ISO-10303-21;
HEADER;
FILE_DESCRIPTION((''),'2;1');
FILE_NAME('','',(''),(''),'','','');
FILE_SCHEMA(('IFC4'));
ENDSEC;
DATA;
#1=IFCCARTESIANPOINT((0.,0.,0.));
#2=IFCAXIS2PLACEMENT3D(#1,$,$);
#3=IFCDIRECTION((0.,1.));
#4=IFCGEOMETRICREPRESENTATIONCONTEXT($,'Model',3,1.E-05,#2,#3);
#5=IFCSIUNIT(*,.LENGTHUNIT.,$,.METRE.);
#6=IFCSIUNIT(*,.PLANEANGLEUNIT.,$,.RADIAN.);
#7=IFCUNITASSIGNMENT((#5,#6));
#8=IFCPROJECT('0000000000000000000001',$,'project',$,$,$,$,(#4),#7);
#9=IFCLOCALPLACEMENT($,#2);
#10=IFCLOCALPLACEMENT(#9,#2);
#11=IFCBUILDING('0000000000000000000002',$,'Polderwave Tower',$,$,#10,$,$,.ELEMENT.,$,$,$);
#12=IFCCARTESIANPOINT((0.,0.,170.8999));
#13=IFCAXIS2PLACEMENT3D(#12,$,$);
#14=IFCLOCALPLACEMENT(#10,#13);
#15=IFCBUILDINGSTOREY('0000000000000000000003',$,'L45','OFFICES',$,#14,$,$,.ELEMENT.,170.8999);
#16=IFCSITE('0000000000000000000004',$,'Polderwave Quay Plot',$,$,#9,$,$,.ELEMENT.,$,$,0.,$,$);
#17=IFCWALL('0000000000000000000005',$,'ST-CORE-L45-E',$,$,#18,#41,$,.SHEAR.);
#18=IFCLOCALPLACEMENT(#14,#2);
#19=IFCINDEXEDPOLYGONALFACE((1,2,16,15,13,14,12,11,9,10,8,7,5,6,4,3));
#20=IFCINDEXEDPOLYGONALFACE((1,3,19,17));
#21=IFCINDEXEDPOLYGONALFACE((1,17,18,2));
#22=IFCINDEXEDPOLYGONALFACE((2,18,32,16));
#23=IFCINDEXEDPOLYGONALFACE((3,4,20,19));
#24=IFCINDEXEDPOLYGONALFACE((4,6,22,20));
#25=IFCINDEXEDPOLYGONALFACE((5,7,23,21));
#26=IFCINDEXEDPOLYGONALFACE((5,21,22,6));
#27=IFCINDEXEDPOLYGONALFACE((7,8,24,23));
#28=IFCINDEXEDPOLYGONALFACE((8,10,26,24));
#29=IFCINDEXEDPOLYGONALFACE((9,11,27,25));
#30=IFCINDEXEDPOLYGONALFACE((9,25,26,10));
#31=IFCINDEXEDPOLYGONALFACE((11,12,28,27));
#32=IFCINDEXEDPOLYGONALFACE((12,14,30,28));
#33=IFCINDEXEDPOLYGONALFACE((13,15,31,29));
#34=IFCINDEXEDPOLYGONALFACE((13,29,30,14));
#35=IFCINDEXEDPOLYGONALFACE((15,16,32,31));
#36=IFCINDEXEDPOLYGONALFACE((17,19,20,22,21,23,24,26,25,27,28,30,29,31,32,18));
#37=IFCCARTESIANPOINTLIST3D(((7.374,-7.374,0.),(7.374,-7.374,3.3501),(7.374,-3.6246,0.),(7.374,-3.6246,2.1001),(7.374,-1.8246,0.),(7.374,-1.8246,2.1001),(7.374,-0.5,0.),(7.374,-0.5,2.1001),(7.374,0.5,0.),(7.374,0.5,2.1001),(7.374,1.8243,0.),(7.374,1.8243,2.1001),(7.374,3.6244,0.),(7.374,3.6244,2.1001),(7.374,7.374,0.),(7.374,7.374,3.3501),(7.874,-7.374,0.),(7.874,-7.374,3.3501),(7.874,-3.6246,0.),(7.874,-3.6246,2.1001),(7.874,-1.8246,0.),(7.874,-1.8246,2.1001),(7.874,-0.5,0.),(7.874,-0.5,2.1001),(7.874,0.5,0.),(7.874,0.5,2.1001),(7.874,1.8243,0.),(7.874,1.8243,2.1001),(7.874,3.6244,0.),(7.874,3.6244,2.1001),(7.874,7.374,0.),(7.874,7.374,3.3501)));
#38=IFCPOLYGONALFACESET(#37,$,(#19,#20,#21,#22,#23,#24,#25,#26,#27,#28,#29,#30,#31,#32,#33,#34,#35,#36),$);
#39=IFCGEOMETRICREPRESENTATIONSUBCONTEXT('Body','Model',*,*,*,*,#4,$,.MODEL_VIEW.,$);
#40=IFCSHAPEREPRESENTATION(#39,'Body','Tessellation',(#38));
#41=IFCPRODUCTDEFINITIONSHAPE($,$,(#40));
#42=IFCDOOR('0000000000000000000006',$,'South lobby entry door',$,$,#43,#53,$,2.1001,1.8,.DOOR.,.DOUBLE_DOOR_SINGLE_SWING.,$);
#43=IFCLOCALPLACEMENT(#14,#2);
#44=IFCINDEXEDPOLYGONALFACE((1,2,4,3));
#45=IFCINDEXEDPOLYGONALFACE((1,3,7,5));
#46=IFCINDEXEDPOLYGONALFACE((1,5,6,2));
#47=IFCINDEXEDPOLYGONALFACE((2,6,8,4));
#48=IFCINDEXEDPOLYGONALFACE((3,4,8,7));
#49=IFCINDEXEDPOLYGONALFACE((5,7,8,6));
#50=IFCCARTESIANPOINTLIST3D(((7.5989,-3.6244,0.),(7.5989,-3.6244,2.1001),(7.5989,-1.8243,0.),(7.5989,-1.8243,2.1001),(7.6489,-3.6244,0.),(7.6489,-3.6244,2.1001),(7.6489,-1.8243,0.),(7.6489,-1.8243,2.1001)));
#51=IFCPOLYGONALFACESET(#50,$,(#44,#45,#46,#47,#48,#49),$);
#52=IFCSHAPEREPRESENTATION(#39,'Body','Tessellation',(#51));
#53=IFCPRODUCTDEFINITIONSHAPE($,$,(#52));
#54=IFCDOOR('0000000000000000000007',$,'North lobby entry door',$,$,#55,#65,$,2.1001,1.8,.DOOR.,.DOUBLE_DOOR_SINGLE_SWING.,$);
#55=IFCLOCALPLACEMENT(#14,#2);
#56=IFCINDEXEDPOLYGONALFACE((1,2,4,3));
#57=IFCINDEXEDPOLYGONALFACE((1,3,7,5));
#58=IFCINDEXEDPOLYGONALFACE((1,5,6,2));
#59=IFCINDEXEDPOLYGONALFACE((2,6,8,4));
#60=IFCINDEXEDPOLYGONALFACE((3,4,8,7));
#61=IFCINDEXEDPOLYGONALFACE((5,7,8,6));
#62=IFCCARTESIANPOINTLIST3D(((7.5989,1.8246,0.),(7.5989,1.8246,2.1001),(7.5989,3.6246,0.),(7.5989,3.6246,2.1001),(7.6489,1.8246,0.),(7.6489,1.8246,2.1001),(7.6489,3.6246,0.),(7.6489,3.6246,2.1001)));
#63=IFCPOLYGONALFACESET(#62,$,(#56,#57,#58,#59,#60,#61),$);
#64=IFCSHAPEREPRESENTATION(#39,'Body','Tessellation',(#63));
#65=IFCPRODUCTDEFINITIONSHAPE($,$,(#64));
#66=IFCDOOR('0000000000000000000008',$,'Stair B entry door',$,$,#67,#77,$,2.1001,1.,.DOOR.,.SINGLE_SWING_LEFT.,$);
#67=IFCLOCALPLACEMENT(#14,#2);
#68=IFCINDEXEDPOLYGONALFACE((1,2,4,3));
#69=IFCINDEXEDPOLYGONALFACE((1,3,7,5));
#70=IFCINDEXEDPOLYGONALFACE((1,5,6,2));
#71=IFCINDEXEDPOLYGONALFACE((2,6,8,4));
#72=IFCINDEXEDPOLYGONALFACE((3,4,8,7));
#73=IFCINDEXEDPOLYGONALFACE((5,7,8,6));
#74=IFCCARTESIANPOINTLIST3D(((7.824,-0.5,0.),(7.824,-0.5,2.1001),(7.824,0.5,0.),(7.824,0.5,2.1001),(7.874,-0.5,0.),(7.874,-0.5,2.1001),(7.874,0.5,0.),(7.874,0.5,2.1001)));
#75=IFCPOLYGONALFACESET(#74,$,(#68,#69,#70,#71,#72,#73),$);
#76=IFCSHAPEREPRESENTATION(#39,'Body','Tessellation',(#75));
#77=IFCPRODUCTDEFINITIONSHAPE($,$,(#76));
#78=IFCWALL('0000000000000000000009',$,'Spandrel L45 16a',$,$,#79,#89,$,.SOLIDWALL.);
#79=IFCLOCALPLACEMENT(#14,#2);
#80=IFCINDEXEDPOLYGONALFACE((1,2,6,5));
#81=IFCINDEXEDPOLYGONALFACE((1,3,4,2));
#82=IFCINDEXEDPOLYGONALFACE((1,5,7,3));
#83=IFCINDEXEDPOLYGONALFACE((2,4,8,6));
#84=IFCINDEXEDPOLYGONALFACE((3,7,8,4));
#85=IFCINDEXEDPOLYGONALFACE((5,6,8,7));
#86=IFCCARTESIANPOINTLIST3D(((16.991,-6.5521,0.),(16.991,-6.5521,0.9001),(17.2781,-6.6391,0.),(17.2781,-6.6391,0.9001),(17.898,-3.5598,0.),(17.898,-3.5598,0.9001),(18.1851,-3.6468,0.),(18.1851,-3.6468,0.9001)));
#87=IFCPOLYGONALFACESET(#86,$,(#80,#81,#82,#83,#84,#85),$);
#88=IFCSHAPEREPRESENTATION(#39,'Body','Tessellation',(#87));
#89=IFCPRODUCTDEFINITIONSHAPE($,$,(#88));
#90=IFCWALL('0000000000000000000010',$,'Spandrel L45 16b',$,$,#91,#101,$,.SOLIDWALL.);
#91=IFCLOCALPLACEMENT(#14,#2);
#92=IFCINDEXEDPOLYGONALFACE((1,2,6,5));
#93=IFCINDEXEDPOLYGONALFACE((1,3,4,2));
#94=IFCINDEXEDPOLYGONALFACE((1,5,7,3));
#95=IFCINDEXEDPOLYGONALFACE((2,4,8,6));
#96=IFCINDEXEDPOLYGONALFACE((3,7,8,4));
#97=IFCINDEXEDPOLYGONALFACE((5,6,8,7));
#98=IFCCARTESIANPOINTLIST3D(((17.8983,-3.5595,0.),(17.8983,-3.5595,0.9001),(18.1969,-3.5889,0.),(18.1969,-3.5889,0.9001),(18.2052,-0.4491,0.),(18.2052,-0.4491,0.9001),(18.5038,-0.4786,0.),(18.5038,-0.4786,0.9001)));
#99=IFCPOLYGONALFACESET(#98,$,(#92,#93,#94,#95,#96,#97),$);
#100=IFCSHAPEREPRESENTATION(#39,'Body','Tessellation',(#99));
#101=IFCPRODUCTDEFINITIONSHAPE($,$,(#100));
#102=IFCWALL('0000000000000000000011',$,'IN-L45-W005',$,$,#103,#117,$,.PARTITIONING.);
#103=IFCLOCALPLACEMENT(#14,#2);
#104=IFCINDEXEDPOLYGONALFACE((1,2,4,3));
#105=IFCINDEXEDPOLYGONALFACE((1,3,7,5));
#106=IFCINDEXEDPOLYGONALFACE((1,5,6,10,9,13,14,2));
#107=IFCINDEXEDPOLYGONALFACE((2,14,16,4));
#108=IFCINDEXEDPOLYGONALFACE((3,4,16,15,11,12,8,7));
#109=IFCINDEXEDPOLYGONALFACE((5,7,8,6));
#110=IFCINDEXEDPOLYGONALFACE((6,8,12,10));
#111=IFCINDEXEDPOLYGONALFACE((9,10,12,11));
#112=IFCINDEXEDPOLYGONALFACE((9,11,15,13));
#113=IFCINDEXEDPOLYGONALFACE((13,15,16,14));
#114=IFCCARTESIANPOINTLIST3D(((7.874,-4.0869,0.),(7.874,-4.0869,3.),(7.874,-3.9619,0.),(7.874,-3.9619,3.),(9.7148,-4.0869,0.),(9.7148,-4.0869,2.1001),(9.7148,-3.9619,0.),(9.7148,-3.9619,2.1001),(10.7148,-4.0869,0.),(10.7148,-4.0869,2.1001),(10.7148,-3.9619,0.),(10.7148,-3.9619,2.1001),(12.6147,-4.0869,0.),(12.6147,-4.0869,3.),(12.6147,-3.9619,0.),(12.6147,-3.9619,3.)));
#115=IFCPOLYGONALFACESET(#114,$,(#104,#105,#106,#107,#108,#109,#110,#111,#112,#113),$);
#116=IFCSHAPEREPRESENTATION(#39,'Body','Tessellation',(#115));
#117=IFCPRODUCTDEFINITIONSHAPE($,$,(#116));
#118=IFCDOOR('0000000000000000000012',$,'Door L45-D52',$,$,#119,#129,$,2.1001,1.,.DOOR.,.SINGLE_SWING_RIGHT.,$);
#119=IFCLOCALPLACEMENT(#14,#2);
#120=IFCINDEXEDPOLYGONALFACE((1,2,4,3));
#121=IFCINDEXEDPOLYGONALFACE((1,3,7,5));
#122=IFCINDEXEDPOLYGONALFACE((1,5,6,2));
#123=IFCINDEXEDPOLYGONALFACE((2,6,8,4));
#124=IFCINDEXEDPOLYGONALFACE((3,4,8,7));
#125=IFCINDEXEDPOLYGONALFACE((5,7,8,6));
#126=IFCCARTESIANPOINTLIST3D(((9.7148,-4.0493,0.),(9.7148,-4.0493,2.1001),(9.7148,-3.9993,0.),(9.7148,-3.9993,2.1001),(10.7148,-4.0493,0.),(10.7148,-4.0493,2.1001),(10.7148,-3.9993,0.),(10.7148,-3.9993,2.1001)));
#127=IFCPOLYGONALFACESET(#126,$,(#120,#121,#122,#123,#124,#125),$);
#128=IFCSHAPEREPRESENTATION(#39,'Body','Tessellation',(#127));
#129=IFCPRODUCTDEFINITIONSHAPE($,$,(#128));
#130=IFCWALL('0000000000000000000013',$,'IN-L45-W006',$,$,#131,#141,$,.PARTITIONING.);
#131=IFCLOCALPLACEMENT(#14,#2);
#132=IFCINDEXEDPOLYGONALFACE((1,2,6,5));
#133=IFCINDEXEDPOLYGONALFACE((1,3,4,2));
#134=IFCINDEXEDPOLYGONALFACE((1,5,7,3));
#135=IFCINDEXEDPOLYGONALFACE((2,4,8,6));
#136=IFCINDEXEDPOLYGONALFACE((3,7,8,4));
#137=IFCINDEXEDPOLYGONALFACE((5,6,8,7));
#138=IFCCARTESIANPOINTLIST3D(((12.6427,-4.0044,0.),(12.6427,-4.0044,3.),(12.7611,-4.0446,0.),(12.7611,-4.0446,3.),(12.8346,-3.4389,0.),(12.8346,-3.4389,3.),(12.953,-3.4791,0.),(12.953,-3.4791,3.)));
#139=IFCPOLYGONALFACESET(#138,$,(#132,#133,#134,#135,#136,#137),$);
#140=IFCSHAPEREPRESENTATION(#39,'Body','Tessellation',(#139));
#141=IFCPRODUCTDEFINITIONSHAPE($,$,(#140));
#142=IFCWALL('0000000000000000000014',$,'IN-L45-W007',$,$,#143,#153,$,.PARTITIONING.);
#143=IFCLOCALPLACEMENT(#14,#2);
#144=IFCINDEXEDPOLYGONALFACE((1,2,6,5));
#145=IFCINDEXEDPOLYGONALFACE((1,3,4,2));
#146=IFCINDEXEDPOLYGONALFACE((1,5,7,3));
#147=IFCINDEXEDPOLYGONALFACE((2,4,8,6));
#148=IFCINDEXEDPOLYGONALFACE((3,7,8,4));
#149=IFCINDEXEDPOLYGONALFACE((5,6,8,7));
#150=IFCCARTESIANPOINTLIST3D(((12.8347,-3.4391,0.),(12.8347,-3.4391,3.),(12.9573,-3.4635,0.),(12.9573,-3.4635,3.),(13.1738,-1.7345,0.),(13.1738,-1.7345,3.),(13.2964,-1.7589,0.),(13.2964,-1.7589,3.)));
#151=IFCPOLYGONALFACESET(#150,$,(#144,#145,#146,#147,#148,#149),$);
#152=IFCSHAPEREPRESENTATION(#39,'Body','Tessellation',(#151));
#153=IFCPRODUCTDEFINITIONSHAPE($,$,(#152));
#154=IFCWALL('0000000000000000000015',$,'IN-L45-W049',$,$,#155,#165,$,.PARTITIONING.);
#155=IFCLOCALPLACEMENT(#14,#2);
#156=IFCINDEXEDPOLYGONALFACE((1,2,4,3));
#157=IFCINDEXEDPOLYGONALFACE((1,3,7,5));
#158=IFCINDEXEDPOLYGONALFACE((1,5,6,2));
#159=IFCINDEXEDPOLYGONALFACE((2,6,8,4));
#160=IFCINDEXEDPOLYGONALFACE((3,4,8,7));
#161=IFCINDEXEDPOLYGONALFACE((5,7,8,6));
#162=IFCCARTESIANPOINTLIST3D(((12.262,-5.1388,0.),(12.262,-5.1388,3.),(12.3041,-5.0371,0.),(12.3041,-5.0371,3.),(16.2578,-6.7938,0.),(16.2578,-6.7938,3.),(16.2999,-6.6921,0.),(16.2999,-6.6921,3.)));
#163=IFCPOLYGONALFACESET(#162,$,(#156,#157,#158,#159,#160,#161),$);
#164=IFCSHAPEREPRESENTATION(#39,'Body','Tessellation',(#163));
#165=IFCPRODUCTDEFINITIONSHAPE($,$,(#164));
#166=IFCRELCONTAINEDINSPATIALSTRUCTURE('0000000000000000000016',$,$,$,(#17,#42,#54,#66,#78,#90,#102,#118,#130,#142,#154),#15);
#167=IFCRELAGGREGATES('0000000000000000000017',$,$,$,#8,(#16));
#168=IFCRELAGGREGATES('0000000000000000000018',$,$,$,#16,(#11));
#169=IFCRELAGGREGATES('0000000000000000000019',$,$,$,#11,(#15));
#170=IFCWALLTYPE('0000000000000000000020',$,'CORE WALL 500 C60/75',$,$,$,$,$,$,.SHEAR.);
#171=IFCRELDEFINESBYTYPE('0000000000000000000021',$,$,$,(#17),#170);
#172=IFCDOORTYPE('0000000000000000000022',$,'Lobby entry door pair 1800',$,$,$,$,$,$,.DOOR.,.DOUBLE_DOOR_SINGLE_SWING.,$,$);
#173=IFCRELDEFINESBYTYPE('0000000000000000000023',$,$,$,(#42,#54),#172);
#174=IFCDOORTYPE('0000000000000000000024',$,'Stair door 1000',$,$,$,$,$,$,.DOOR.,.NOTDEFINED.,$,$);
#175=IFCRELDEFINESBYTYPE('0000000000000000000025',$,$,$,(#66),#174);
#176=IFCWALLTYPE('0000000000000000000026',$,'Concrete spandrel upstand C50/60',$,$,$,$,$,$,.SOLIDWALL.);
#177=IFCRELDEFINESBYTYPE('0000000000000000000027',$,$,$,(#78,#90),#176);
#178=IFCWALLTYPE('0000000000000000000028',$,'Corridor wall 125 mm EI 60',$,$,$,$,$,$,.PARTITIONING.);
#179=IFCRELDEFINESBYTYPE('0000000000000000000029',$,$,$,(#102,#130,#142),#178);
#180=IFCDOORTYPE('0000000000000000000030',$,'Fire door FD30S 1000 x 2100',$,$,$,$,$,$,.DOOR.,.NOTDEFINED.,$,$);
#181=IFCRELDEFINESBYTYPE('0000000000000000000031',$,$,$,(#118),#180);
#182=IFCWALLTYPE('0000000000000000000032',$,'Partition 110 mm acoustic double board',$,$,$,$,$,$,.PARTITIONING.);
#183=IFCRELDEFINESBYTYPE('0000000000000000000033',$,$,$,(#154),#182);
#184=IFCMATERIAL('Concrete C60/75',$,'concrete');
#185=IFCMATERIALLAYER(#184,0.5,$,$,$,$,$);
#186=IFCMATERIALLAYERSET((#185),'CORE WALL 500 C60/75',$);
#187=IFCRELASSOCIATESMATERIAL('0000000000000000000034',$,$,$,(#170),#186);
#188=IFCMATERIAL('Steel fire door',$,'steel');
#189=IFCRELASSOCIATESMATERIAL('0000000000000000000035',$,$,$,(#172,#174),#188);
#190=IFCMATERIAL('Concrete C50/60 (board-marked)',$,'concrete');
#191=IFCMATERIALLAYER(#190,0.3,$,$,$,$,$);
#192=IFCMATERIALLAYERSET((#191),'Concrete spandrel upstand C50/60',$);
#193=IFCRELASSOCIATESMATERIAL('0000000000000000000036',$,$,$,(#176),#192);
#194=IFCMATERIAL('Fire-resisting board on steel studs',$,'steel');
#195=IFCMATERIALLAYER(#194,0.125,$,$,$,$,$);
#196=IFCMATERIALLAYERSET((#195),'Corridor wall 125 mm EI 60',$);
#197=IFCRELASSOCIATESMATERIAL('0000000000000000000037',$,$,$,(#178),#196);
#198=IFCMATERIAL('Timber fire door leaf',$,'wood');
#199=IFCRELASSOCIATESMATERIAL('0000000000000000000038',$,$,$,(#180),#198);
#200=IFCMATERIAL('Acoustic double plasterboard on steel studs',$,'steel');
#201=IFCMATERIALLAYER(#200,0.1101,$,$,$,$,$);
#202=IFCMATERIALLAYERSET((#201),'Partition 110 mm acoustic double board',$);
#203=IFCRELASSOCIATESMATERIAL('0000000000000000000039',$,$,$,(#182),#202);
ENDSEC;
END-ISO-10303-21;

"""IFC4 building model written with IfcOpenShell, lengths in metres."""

from ifc_helpers import new_model, si_unit, direction, frame, frame_2d, origin, place, context, subcontext, project, spatial, rectangle, extrude, material, layer, layer_set, type_object, element, fill, save


model = new_model("IFC4")

# Units and contexts
model_context = context("Model", 3, precision=1e-05, world=origin(), true_north=direction((0.0, 1.0)))
body_context = subcontext(model_context, "Body", "Model", "MODEL_VIEW")
ifc_project = project(units=[si_unit("LENGTHUNIT", "METRE"), si_unit("PLANEANGLEUNIT", "RADIAN")], contexts=[model_context])

# Site, building, storey
site_placement = place(None, origin())
site = spatial("IfcSite", under=ifc_project, at=site_placement, Name="Polderwave Quay Plot", CompositionType="ELEMENT", RefElevation=0.0)
building_placement = place(site_placement, origin())
building = spatial("IfcBuilding", under=site, at=building_placement, Name="Polderwave Tower", CompositionType="ELEMENT")
storey_placement = place(building_placement, frame((0.0, 0.0, 170.8999)))
storey = spatial("IfcBuildingStorey", under=building, at=storey_placement, Name="L45", Description="OFFICES", CompositionType="ELEMENT", Elevation=170.8999)

# Shared definitions
ifc_material_1 = material(Name="Concrete C60/75", Category="concrete")

# Wall, openings, doors
ifc_layer_1 = layer(ifc_material_1, 0.5)
ifc_layer_set_1 = layer_set([ifc_layer_1], Name="CORE WALL 500 C60/75")
wall_type_1 = type_object("IfcWallType", Name="CORE WALL 500 C60/75", PredefinedType="SHEAR", material=ifc_layer_set_1)
wall_1_placement = place(storey_placement, frame((7.624, -7.374, 0.0), z_axis=(0.0, 0.0, 1.0), x_axis=(0.0, 1.0, 0.0)))
wall_1 = element("IfcWall", 1, at=wall_1_placement, inside=storey, type_object=wall_type_1, Name="ST-CORE-L45-E", PredefinedType="SHEAR", context=body_context, shape_type="SweptSolid", body=[
    extrude(rectangle(XDim=14.748, YDim=0.5, at=frame_2d((7.374, 0.0))), origin(), (0.0, 0.0, 1.0), 3.3501),
])
opening_1_placement = place(wall_1_placement, frame((6.874, 0.0, 0.0)))
opening_1 = element("IfcOpeningElement", 2, at=opening_1_placement, cuts=wall_1, PredefinedType="OPENING", context=body_context, shape_type="SweptSolid", body=[
    extrude(rectangle(XDim=1.0, YDim=2.1001, at=frame_2d((0.5, 1.05))), frame((0.0, 0.26, 0.0), z_axis=(0.0, -1.0, 0.0), x_axis=(1.0, 0.0, 0.0)), (0.0, 0.0, 1.0), 0.52),
])
opening_2_placement = place(wall_1_placement, frame((3.7495, 0.0, 0.0)))
opening_2 = element("IfcOpeningElement", 3, at=opening_2_placement, cuts=wall_1, PredefinedType="OPENING", context=body_context, shape_type="SweptSolid", body=[
    extrude(rectangle(XDim=1.8, YDim=2.1001, at=frame_2d((0.8999, 1.05))), frame((0.0, 0.26, 0.0), z_axis=(0.0, -1.0, 0.0), x_axis=(1.0, 0.0, 0.0)), (0.0, 0.0, 1.0), 0.52),
])
opening_3_placement = place(wall_1_placement, frame((9.1985, 0.0, 0.0)))
opening_3 = element("IfcOpeningElement", 4, at=opening_3_placement, cuts=wall_1, PredefinedType="OPENING", context=body_context, shape_type="SweptSolid", body=[
    extrude(rectangle(XDim=1.8, YDim=2.1001, at=frame_2d((0.8999, 1.05))), frame((0.0, 0.26, 0.0), z_axis=(0.0, -1.0, 0.0), x_axis=(1.0, 0.0, 0.0)), (0.0, 0.0, 1.0), 0.52),
])
ifc_material_2 = material(Name="Steel fire door", Category="steel")
door_type_1 = type_object("IfcDoorType", Name="Lobby entry door pair 1800", OperationType="DOUBLE_DOOR_SINGLE_SWING", PredefinedType="DOOR", material=ifc_material_2)
door_1_placement = place(opening_2_placement, frame((1.8, 0.0, 0.0), z_axis=(0.0, 0.0, 1.0), x_axis=(-1.0, 0.0, 0.0)))
door_1 = element("IfcDoor", 5, at=door_1_placement, inside=storey, type_object=door_type_1, Name="South lobby entry door", OperationType="DOUBLE_DOOR_SINGLE_SWING", OverallHeight=2.1001, OverallWidth=1.8, PredefinedType="DOOR", context=body_context, shape_type="SweptSolid", body=[
    extrude(rectangle(XDim=1.8, YDim=2.1001, at=frame_2d((0.8999, 1.05))), frame((0.0, 0.0249, 0.0), z_axis=(0.0, -1.0, 0.0), x_axis=(1.0, 0.0, 0.0)), (0.0, 0.0, 1.0), 0.05),
])
fill(opening_2, door_1)
door_2_placement = place(opening_3_placement, frame((1.8, 0.0, 0.0), z_axis=(0.0, 0.0, 1.0), x_axis=(-1.0, 0.0, 0.0)))
door_2 = element("IfcDoor", 6, at=door_2_placement, inside=storey, type_object=door_type_1, Name="North lobby entry door", OperationType="DOUBLE_DOOR_SINGLE_SWING", OverallHeight=2.1001, OverallWidth=1.8, PredefinedType="DOOR", context=body_context, shape_type="SweptSolid", body=[
    extrude(rectangle(XDim=1.8, YDim=2.1001, at=frame_2d((0.8999, 1.05))), frame((0.0, 0.0249, 0.0), z_axis=(0.0, -1.0, 0.0), x_axis=(1.0, 0.0, 0.0)), (0.0, 0.0, 1.0), 0.05),
])
fill(opening_3, door_2)
door_type_2 = type_object("IfcDoorType", Name="Stair door 1000", OperationType="NOTDEFINED", PredefinedType="DOOR", material=ifc_material_2)
door_3_placement = place(opening_1_placement, frame((1.0, 0.0, 0.0), z_axis=(0.0, 0.0, 1.0), x_axis=(-1.0, 0.0, 0.0)))
door_3 = element("IfcDoor", 7, at=door_3_placement, inside=storey, type_object=door_type_2, Name="Stair B entry door", OperationType="SINGLE_SWING_LEFT", OverallHeight=2.1001, OverallWidth=1.0, PredefinedType="DOOR", context=body_context, shape_type="SweptSolid", body=[
    extrude(rectangle(XDim=1.0, YDim=2.1001, at=frame_2d((0.5, 1.05))), frame((0.0, 0.25, 0.0), z_axis=(0.0, -1.0, 0.0), x_axis=(1.0, 0.0, 0.0)), (0.0, 0.0, 1.0), 0.05),
])
fill(opening_1, door_3)

# Walls
ifc_material_3 = material(Name="Concrete C50/60 (board-marked)", Category="concrete")
ifc_layer_2 = layer(ifc_material_3, 0.3)
ifc_layer_set_2 = layer_set([ifc_layer_2], Name="Concrete spandrel upstand C50/60")
wall_type_2 = type_object("IfcWallType", Name="Concrete spandrel upstand C50/60", PredefinedType="SOLIDWALL", material=ifc_layer_set_2)
wall_2_placement = place(storey_placement, frame((17.1345, -6.5957, 0.0), z_axis=(0.0, 0.0, 1.0), x_axis=(0.290083, 0.957001, 0.0)))
element("IfcWall", 8, at=wall_2_placement, inside=storey, type_object=wall_type_2, Name="Spandrel L45 16a", PredefinedType="SOLIDWALL", context=body_context, shape_type="SweptSolid", body=[
    extrude(rectangle(XDim=3.1267, YDim=0.3, at=frame_2d((1.5635, 0.0))), origin(), (0.0, 0.0, 1.0), 0.9001),
])
wall_3_placement = place(storey_placement, frame((18.0476, -3.5742, 0.0), z_axis=(0.0, 0.0, 1.0), x_axis=(0.098189, 0.995168, 0.0)))
element("IfcWall", 9, at=wall_3_placement, inside=storey, type_object=wall_type_2, Name="Spandrel L45 16b", PredefinedType="SOLIDWALL", context=body_context, shape_type="SweptSolid", body=[
    extrude(rectangle(XDim=3.1255, YDim=0.3, at=frame_2d((1.5627, 0.0))), origin(), (0.0, 0.0, 1.0), 0.9001),
])

# Wall, opening, door
ifc_material_4 = material(Name="Fire-resisting board on steel studs", Category="steel")
ifc_layer_3 = layer(ifc_material_4, 0.125)
ifc_layer_set_3 = layer_set([ifc_layer_3], Name="Corridor wall 125 mm EI 60")
wall_type_3 = type_object("IfcWallType", Name="Corridor wall 125 mm EI 60", PredefinedType="PARTITIONING", material=ifc_layer_set_3)
wall_4_placement = place(storey_placement, frame((12.6147, -4.0244, 0.0), z_axis=(0.0, 0.0, 1.0), x_axis=(-1.0, 0.0, 0.0)))
wall_4 = element("IfcWall", 10, at=wall_4_placement, inside=storey, type_object=wall_type_3, Name="IN-L45-W005", PredefinedType="PARTITIONING", context=body_context, shape_type="SweptSolid", body=[
    extrude(rectangle(XDim=4.7407, YDim=0.125, at=frame_2d((2.3704, 0.0))), origin(), (0.0, 0.0, 1.0), 3.0),
])
opening_4_placement = place(wall_4_placement, frame((1.8999, 0.0, 0.0)))
opening_4 = element("IfcOpeningElement", 11, at=opening_4_placement, cuts=wall_4, PredefinedType="OPENING", context=body_context, shape_type="SweptSolid", body=[
    extrude(rectangle(XDim=1.0, YDim=2.1001, at=frame_2d((0.5, 1.05))), frame((0.0, 0.0725, 0.0), z_axis=(0.0, -1.0, 0.0), x_axis=(1.0, 0.0, 0.0)), (0.0, 0.0, 1.0), 0.145),
])
ifc_material_5 = material(Name="Timber fire door leaf", Category="wood")
door_type_3 = type_object("IfcDoorType", Name="Fire door FD30S 1000 x 2100", OperationType="NOTDEFINED", PredefinedType="DOOR", material=ifc_material_5)
door_4_placement = place(opening_4_placement, origin())
door_4 = element("IfcDoor", 12, at=door_4_placement, inside=storey, type_object=door_type_3, Name="Door L45-D52", OperationType="SINGLE_SWING_RIGHT", OverallHeight=2.1001, OverallWidth=1.0, PredefinedType="DOOR", context=body_context, shape_type="SweptSolid", body=[
    extrude(rectangle(XDim=1.0, YDim=2.1001, at=frame_2d((0.5, 1.05))), frame((0.0, 0.0249, 0.0), z_axis=(0.0, -1.0, 0.0), x_axis=(1.0, 0.0, 0.0)), (0.0, 0.0, 1.0), 0.05),
])
fill(opening_4, door_4)

# Walls
wall_5_placement = place(storey_placement, frame((12.8938, -3.459, 0.0), z_axis=(0.0, 0.0, 1.0), x_axis=(-0.321375, -0.946952, 0.0)))
element("IfcWall", 13, at=wall_5_placement, inside=storey, type_object=wall_type_3, Name="IN-L45-W006", PredefinedType="PARTITIONING", context=body_context, shape_type="SweptSolid", body=[
    extrude(rectangle(XDim=0.5972, YDim=0.125, at=frame_2d((0.2986, 0.0))), origin(), (0.0, 0.0, 1.0), 3.0),
])
wall_6_placement = place(storey_placement, frame((13.2351, -1.7466, 0.0), z_axis=(0.0, 0.0, 1.0), x_axis=(-0.195117, -0.98078, 0.0)))
element("IfcWall", 14, at=wall_6_placement, inside=storey, type_object=wall_type_3, Name="IN-L45-W007", PredefinedType="PARTITIONING", context=body_context, shape_type="SweptSolid", body=[
    extrude(rectangle(XDim=1.738, YDim=0.125, at=frame_2d((0.8691, 0.0))), origin(), (0.0, 0.0, 1.0), 3.0),
])
ifc_material_6 = material(Name="Acoustic double plasterboard on steel studs", Category="steel")
ifc_layer_4 = layer(ifc_material_6, 0.1101)
ifc_layer_set_4 = layer_set([ifc_layer_4], Name="Partition 110 mm acoustic double board")
wall_type_4 = type_object("IfcWallType", Name="Partition 110 mm acoustic double board", PredefinedType="PARTITIONING", material=ifc_layer_set_4)
wall_7_placement = place(storey_placement, frame((12.283, -5.0879, 0.0), z_axis=(0.0, 0.0, 1.0), x_axis=(0.923888, -0.382663, 0.0)))
element("IfcWall", 15, at=wall_7_placement, inside=storey, type_object=wall_type_4, Name="IN-L45-W049", PredefinedType="PARTITIONING", context=body_context, shape_type="SweptSolid", body=[
    extrude(rectangle(XDim=4.325, YDim=0.1101, at=frame_2d((2.1626, 0.0))), origin(), (0.0, 0.0, 1.0), 3.0),
])

save(model, "model.ifc")
